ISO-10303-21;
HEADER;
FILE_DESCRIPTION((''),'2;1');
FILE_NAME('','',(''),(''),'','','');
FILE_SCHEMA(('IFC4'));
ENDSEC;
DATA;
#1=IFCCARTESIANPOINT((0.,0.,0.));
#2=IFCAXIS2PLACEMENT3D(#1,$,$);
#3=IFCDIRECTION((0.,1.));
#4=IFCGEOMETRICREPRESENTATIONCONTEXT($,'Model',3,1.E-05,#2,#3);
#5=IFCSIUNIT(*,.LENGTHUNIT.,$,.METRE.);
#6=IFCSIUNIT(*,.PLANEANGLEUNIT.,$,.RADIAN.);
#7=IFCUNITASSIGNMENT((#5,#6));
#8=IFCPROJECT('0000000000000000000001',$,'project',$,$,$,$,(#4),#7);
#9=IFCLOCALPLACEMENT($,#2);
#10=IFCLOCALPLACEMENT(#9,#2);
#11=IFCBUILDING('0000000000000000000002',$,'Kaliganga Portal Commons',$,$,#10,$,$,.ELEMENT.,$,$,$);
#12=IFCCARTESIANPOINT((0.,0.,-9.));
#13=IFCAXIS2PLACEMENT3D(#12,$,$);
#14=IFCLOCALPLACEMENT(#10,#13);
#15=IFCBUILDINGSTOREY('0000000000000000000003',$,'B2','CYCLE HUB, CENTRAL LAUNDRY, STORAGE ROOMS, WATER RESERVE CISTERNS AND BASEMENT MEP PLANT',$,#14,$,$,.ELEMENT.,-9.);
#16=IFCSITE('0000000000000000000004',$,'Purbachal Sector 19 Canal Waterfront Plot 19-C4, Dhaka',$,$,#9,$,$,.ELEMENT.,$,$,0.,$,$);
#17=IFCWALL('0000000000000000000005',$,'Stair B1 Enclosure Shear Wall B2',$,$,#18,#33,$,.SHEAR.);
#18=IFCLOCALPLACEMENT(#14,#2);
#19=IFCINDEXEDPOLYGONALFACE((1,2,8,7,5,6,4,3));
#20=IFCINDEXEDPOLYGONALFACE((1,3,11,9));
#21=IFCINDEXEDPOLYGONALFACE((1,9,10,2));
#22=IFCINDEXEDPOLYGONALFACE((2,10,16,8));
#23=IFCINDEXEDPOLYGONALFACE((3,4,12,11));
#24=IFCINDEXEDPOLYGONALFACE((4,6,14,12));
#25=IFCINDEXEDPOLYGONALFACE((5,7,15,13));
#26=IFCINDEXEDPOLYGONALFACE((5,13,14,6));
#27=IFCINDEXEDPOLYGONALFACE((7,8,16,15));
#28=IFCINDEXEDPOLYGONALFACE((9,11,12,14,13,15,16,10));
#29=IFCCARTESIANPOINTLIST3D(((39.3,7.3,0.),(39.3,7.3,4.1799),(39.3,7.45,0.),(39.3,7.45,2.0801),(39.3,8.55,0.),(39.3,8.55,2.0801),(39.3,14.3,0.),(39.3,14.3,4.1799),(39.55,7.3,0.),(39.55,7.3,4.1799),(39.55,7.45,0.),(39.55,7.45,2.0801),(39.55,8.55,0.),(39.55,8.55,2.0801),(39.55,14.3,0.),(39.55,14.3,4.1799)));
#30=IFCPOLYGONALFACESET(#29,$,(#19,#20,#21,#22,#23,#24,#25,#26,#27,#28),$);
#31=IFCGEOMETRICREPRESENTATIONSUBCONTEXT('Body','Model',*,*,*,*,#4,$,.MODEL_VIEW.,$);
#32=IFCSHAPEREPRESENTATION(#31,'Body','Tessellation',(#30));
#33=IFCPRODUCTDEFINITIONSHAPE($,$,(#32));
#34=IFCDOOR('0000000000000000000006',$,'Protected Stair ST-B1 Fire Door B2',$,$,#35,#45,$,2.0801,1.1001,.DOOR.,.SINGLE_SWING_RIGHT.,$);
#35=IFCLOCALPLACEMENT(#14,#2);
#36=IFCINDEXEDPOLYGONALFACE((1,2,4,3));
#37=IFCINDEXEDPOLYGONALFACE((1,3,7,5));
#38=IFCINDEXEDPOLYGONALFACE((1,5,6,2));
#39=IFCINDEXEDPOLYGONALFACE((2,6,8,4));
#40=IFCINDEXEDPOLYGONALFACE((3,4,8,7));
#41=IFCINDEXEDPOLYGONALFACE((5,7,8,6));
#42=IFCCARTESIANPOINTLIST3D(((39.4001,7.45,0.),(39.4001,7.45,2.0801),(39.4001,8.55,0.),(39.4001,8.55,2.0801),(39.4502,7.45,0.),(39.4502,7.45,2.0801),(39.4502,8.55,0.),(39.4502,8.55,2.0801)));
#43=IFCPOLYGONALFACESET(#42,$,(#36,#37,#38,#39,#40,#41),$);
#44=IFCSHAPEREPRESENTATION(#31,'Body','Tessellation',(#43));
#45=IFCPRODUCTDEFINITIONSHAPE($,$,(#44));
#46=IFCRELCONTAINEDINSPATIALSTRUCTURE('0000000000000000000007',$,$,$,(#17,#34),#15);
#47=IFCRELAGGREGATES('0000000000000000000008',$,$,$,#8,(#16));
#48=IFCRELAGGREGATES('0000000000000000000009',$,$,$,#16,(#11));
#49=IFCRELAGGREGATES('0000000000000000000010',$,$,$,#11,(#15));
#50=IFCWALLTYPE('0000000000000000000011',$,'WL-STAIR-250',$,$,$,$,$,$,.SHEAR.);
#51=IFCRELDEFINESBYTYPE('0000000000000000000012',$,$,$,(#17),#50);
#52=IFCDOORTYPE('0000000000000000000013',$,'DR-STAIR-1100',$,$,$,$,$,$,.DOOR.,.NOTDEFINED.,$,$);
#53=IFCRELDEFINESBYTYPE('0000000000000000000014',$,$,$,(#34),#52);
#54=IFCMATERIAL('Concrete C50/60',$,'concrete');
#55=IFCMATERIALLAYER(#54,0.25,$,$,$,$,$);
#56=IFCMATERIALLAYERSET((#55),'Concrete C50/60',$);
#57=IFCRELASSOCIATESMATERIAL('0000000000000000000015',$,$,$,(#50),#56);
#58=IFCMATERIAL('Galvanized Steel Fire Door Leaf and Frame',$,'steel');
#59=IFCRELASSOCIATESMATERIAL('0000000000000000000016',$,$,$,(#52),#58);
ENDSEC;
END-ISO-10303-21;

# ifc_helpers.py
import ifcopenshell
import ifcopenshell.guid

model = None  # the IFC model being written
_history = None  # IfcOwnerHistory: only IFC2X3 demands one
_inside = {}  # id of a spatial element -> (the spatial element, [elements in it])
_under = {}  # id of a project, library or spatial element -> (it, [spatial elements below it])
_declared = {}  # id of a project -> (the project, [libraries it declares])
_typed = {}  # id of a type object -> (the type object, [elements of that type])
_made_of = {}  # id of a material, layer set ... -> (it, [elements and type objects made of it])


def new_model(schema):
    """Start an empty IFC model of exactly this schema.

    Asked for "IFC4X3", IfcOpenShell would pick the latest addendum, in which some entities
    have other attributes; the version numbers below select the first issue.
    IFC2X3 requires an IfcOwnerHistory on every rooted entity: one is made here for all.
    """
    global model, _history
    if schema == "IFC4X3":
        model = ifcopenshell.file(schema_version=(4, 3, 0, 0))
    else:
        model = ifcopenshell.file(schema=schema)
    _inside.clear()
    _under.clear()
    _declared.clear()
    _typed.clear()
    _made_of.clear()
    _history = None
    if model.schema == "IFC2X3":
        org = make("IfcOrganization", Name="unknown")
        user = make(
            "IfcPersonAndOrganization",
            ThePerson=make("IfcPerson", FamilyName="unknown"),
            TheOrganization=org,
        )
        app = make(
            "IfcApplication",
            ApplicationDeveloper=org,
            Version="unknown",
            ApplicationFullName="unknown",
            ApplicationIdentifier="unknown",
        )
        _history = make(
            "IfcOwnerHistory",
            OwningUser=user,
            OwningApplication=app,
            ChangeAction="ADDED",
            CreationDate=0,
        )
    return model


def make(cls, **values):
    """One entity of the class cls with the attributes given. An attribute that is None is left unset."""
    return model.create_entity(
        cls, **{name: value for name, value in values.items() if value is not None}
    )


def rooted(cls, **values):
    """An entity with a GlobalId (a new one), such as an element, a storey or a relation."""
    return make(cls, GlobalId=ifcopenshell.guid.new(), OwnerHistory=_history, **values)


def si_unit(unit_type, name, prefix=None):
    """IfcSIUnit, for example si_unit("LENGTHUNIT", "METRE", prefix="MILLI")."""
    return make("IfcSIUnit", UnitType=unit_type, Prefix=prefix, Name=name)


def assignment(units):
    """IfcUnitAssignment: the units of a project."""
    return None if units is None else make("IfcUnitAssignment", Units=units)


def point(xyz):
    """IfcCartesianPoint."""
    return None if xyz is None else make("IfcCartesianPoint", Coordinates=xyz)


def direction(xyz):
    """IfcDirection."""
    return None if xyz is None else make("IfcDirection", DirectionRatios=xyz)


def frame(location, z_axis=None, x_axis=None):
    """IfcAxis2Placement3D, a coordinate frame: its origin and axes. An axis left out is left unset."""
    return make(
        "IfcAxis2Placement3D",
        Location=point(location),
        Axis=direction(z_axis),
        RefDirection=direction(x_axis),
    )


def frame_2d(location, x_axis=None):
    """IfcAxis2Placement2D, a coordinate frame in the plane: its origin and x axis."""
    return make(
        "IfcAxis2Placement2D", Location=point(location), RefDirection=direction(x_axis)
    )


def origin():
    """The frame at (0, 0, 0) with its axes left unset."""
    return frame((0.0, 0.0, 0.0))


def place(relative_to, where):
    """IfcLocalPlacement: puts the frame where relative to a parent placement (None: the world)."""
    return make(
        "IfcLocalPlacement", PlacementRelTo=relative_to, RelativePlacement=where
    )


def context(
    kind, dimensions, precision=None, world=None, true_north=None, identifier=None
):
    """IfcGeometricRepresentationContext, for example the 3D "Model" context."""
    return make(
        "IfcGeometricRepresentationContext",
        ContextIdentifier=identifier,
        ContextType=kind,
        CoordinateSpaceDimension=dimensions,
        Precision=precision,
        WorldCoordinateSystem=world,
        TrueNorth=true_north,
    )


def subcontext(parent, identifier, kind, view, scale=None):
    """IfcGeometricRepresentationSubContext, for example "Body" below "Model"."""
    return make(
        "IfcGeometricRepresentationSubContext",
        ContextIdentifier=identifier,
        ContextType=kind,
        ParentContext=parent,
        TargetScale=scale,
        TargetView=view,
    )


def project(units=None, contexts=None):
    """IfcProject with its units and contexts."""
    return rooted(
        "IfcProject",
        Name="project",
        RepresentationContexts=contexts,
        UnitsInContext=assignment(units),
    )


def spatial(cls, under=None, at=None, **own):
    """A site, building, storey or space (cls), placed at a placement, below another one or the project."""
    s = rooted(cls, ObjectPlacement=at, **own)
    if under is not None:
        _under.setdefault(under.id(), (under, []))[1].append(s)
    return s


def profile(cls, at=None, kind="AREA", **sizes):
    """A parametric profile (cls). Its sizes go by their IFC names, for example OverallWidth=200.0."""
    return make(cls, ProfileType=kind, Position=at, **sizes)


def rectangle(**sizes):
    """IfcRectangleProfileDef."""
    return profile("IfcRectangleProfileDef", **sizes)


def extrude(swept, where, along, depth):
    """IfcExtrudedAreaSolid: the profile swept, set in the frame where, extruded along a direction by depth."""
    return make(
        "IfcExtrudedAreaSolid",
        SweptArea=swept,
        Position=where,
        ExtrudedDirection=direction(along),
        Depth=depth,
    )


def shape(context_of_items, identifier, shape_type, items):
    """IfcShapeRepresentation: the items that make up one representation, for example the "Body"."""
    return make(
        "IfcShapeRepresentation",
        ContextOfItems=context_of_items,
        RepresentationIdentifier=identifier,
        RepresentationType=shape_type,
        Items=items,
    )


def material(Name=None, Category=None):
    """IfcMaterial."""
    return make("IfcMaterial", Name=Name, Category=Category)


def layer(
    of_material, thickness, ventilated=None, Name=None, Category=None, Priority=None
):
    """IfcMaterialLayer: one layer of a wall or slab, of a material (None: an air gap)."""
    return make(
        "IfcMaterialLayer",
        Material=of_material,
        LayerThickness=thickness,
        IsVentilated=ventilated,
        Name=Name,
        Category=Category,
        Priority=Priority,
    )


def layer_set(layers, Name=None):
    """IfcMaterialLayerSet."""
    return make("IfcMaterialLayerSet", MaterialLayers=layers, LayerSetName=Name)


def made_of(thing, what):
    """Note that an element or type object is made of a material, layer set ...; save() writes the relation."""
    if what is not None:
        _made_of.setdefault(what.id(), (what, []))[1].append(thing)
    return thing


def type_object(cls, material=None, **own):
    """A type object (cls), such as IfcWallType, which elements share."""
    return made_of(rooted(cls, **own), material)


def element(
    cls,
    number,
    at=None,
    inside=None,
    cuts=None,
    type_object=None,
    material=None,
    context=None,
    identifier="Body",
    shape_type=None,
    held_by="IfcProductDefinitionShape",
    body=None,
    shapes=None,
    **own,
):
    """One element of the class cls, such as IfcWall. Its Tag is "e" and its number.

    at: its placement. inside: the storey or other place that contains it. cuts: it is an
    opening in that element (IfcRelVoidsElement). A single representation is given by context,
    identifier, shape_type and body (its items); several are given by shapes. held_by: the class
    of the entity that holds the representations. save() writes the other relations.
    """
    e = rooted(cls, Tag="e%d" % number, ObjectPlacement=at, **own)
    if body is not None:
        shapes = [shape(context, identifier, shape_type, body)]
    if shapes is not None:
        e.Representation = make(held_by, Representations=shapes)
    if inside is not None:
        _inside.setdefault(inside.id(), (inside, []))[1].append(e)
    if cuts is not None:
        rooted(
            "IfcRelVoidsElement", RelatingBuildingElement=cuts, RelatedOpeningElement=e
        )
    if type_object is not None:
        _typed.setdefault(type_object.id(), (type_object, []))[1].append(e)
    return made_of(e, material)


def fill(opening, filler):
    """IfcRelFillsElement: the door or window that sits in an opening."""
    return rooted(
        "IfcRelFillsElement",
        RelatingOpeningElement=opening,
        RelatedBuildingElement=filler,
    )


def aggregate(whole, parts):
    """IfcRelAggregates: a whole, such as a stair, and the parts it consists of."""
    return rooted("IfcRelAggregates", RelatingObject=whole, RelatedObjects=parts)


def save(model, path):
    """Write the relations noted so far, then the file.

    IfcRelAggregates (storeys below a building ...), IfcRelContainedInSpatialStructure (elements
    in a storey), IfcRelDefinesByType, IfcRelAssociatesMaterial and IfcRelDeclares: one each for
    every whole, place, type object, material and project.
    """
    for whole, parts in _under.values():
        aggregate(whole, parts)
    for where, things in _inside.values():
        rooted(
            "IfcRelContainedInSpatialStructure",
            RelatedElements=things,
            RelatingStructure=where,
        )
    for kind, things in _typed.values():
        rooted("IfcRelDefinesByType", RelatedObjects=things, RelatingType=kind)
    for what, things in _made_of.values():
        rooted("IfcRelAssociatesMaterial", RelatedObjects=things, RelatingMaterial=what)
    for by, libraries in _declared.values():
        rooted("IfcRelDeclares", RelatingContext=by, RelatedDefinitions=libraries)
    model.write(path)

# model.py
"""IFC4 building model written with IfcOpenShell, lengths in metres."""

from ifc_helpers import new_model, si_unit, direction, frame, frame_2d, origin, place, context, subcontext, project, spatial, rectangle, extrude, material, layer, layer_set, type_object, element, fill, save


model = new_model("IFC4")

# Units and contexts
model_context = context("Model", 3, precision=1e-05, world=origin(), true_north=direction((0.0, 1.0)))
body_context = subcontext(model_context, "Body", "Model", "MODEL_VIEW")
ifc_project = project(units=[si_unit("LENGTHUNIT", "METRE"), si_unit("PLANEANGLEUNIT", "RADIAN")], contexts=[model_context])

# Site, building, storey
site_placement = place(None, origin())
site = spatial("IfcSite", under=ifc_project, at=site_placement, Name="Purbachal Sector 19 Canal Waterfront Plot 19-C4, Dhaka", CompositionType="ELEMENT", RefElevation=0.0)
building_placement = place(site_placement, origin())
building = spatial("IfcBuilding", under=site, at=building_placement, Name="Kaliganga Portal Commons", CompositionType="ELEMENT")
storey_placement = place(building_placement, frame((0.0, 0.0, -9.0)))
storey = spatial("IfcBuildingStorey", under=building, at=storey_placement, Name="B2", Description="CYCLE HUB, CENTRAL LAUNDRY, STORAGE ROOMS, WATER RESERVE CISTERNS AND BASEMENT MEP PLANT", CompositionType="ELEMENT", Elevation=-9.0)

# Shared definitions
ifc_material_1 = material(Name="Concrete C50/60", Category="concrete")

# Wall, opening, door
ifc_layer_1 = layer(ifc_material_1, 0.25)
ifc_layer_set_1 = layer_set([ifc_layer_1], Name="Concrete C50/60")
wall_type_1 = type_object("IfcWallType", Name="WL-STAIR-250", PredefinedType="SHEAR", material=ifc_layer_set_1)
wall_1_placement = place(storey_placement, frame((39.425, 7.3, 0.0), z_axis=(0.0, 0.0, 1.0), x_axis=(0.0, 1.0, 0.0)))
wall_1 = element("IfcWall", 1, at=wall_1_placement, inside=storey, type_object=wall_type_1, Name="Stair B1 Enclosure Shear Wall B2", PredefinedType="SHEAR", context=body_context, shape_type="SweptSolid", body=[
    extrude(rectangle(XDim=7.0, YDim=0.25, at=frame_2d((3.5, 0.0))), origin(), (0.0, 0.0, 1.0), 4.1799),
])
opening_placement = place(wall_1_placement, frame((0.1499, 0.0, 0.0)))
opening = element("IfcOpeningElement", 2, at=opening_placement, cuts=wall_1, PredefinedType="OPENING", context=body_context, shape_type="SweptSolid", body=[
    extrude(rectangle(XDim=1.1001, YDim=2.0801, at=frame_2d((0.55, 1.04))), frame((0.0, 0.135, 0.0), z_axis=(0.0, -1.0, 0.0), x_axis=(1.0, 0.0, 0.0)), (0.0, 0.0, 1.0), 0.27),
])
ifc_material_2 = material(Name="Galvanized Steel Fire Door Leaf and Frame", Category="steel")
door_type = type_object("IfcDoorType", Name="DR-STAIR-1100", OperationType="NOTDEFINED", PredefinedType="DOOR", material=ifc_material_2)
door_placement = place(opening_placement, origin())
door = element("IfcDoor", 3, at=door_placement, inside=storey, type_object=door_type, Name="Protected Stair ST-B1 Fire Door B2", OperationType="SINGLE_SWING_RIGHT", OverallHeight=2.0801, OverallWidth=1.1001, PredefinedType="DOOR", context=body_context, shape_type="SweptSolid", body=[
    extrude(rectangle(XDim=1.1001, YDim=2.0801, at=frame_2d((0.55, 1.04))), frame((0.0, 0.0249, 0.0), z_axis=(0.0, -1.0, 0.0), x_axis=(1.0, 0.0, 0.0)), (0.0, 0.0, 1.0), 0.05),
])
fill(opening, door)

save(model, "model.ifc")
